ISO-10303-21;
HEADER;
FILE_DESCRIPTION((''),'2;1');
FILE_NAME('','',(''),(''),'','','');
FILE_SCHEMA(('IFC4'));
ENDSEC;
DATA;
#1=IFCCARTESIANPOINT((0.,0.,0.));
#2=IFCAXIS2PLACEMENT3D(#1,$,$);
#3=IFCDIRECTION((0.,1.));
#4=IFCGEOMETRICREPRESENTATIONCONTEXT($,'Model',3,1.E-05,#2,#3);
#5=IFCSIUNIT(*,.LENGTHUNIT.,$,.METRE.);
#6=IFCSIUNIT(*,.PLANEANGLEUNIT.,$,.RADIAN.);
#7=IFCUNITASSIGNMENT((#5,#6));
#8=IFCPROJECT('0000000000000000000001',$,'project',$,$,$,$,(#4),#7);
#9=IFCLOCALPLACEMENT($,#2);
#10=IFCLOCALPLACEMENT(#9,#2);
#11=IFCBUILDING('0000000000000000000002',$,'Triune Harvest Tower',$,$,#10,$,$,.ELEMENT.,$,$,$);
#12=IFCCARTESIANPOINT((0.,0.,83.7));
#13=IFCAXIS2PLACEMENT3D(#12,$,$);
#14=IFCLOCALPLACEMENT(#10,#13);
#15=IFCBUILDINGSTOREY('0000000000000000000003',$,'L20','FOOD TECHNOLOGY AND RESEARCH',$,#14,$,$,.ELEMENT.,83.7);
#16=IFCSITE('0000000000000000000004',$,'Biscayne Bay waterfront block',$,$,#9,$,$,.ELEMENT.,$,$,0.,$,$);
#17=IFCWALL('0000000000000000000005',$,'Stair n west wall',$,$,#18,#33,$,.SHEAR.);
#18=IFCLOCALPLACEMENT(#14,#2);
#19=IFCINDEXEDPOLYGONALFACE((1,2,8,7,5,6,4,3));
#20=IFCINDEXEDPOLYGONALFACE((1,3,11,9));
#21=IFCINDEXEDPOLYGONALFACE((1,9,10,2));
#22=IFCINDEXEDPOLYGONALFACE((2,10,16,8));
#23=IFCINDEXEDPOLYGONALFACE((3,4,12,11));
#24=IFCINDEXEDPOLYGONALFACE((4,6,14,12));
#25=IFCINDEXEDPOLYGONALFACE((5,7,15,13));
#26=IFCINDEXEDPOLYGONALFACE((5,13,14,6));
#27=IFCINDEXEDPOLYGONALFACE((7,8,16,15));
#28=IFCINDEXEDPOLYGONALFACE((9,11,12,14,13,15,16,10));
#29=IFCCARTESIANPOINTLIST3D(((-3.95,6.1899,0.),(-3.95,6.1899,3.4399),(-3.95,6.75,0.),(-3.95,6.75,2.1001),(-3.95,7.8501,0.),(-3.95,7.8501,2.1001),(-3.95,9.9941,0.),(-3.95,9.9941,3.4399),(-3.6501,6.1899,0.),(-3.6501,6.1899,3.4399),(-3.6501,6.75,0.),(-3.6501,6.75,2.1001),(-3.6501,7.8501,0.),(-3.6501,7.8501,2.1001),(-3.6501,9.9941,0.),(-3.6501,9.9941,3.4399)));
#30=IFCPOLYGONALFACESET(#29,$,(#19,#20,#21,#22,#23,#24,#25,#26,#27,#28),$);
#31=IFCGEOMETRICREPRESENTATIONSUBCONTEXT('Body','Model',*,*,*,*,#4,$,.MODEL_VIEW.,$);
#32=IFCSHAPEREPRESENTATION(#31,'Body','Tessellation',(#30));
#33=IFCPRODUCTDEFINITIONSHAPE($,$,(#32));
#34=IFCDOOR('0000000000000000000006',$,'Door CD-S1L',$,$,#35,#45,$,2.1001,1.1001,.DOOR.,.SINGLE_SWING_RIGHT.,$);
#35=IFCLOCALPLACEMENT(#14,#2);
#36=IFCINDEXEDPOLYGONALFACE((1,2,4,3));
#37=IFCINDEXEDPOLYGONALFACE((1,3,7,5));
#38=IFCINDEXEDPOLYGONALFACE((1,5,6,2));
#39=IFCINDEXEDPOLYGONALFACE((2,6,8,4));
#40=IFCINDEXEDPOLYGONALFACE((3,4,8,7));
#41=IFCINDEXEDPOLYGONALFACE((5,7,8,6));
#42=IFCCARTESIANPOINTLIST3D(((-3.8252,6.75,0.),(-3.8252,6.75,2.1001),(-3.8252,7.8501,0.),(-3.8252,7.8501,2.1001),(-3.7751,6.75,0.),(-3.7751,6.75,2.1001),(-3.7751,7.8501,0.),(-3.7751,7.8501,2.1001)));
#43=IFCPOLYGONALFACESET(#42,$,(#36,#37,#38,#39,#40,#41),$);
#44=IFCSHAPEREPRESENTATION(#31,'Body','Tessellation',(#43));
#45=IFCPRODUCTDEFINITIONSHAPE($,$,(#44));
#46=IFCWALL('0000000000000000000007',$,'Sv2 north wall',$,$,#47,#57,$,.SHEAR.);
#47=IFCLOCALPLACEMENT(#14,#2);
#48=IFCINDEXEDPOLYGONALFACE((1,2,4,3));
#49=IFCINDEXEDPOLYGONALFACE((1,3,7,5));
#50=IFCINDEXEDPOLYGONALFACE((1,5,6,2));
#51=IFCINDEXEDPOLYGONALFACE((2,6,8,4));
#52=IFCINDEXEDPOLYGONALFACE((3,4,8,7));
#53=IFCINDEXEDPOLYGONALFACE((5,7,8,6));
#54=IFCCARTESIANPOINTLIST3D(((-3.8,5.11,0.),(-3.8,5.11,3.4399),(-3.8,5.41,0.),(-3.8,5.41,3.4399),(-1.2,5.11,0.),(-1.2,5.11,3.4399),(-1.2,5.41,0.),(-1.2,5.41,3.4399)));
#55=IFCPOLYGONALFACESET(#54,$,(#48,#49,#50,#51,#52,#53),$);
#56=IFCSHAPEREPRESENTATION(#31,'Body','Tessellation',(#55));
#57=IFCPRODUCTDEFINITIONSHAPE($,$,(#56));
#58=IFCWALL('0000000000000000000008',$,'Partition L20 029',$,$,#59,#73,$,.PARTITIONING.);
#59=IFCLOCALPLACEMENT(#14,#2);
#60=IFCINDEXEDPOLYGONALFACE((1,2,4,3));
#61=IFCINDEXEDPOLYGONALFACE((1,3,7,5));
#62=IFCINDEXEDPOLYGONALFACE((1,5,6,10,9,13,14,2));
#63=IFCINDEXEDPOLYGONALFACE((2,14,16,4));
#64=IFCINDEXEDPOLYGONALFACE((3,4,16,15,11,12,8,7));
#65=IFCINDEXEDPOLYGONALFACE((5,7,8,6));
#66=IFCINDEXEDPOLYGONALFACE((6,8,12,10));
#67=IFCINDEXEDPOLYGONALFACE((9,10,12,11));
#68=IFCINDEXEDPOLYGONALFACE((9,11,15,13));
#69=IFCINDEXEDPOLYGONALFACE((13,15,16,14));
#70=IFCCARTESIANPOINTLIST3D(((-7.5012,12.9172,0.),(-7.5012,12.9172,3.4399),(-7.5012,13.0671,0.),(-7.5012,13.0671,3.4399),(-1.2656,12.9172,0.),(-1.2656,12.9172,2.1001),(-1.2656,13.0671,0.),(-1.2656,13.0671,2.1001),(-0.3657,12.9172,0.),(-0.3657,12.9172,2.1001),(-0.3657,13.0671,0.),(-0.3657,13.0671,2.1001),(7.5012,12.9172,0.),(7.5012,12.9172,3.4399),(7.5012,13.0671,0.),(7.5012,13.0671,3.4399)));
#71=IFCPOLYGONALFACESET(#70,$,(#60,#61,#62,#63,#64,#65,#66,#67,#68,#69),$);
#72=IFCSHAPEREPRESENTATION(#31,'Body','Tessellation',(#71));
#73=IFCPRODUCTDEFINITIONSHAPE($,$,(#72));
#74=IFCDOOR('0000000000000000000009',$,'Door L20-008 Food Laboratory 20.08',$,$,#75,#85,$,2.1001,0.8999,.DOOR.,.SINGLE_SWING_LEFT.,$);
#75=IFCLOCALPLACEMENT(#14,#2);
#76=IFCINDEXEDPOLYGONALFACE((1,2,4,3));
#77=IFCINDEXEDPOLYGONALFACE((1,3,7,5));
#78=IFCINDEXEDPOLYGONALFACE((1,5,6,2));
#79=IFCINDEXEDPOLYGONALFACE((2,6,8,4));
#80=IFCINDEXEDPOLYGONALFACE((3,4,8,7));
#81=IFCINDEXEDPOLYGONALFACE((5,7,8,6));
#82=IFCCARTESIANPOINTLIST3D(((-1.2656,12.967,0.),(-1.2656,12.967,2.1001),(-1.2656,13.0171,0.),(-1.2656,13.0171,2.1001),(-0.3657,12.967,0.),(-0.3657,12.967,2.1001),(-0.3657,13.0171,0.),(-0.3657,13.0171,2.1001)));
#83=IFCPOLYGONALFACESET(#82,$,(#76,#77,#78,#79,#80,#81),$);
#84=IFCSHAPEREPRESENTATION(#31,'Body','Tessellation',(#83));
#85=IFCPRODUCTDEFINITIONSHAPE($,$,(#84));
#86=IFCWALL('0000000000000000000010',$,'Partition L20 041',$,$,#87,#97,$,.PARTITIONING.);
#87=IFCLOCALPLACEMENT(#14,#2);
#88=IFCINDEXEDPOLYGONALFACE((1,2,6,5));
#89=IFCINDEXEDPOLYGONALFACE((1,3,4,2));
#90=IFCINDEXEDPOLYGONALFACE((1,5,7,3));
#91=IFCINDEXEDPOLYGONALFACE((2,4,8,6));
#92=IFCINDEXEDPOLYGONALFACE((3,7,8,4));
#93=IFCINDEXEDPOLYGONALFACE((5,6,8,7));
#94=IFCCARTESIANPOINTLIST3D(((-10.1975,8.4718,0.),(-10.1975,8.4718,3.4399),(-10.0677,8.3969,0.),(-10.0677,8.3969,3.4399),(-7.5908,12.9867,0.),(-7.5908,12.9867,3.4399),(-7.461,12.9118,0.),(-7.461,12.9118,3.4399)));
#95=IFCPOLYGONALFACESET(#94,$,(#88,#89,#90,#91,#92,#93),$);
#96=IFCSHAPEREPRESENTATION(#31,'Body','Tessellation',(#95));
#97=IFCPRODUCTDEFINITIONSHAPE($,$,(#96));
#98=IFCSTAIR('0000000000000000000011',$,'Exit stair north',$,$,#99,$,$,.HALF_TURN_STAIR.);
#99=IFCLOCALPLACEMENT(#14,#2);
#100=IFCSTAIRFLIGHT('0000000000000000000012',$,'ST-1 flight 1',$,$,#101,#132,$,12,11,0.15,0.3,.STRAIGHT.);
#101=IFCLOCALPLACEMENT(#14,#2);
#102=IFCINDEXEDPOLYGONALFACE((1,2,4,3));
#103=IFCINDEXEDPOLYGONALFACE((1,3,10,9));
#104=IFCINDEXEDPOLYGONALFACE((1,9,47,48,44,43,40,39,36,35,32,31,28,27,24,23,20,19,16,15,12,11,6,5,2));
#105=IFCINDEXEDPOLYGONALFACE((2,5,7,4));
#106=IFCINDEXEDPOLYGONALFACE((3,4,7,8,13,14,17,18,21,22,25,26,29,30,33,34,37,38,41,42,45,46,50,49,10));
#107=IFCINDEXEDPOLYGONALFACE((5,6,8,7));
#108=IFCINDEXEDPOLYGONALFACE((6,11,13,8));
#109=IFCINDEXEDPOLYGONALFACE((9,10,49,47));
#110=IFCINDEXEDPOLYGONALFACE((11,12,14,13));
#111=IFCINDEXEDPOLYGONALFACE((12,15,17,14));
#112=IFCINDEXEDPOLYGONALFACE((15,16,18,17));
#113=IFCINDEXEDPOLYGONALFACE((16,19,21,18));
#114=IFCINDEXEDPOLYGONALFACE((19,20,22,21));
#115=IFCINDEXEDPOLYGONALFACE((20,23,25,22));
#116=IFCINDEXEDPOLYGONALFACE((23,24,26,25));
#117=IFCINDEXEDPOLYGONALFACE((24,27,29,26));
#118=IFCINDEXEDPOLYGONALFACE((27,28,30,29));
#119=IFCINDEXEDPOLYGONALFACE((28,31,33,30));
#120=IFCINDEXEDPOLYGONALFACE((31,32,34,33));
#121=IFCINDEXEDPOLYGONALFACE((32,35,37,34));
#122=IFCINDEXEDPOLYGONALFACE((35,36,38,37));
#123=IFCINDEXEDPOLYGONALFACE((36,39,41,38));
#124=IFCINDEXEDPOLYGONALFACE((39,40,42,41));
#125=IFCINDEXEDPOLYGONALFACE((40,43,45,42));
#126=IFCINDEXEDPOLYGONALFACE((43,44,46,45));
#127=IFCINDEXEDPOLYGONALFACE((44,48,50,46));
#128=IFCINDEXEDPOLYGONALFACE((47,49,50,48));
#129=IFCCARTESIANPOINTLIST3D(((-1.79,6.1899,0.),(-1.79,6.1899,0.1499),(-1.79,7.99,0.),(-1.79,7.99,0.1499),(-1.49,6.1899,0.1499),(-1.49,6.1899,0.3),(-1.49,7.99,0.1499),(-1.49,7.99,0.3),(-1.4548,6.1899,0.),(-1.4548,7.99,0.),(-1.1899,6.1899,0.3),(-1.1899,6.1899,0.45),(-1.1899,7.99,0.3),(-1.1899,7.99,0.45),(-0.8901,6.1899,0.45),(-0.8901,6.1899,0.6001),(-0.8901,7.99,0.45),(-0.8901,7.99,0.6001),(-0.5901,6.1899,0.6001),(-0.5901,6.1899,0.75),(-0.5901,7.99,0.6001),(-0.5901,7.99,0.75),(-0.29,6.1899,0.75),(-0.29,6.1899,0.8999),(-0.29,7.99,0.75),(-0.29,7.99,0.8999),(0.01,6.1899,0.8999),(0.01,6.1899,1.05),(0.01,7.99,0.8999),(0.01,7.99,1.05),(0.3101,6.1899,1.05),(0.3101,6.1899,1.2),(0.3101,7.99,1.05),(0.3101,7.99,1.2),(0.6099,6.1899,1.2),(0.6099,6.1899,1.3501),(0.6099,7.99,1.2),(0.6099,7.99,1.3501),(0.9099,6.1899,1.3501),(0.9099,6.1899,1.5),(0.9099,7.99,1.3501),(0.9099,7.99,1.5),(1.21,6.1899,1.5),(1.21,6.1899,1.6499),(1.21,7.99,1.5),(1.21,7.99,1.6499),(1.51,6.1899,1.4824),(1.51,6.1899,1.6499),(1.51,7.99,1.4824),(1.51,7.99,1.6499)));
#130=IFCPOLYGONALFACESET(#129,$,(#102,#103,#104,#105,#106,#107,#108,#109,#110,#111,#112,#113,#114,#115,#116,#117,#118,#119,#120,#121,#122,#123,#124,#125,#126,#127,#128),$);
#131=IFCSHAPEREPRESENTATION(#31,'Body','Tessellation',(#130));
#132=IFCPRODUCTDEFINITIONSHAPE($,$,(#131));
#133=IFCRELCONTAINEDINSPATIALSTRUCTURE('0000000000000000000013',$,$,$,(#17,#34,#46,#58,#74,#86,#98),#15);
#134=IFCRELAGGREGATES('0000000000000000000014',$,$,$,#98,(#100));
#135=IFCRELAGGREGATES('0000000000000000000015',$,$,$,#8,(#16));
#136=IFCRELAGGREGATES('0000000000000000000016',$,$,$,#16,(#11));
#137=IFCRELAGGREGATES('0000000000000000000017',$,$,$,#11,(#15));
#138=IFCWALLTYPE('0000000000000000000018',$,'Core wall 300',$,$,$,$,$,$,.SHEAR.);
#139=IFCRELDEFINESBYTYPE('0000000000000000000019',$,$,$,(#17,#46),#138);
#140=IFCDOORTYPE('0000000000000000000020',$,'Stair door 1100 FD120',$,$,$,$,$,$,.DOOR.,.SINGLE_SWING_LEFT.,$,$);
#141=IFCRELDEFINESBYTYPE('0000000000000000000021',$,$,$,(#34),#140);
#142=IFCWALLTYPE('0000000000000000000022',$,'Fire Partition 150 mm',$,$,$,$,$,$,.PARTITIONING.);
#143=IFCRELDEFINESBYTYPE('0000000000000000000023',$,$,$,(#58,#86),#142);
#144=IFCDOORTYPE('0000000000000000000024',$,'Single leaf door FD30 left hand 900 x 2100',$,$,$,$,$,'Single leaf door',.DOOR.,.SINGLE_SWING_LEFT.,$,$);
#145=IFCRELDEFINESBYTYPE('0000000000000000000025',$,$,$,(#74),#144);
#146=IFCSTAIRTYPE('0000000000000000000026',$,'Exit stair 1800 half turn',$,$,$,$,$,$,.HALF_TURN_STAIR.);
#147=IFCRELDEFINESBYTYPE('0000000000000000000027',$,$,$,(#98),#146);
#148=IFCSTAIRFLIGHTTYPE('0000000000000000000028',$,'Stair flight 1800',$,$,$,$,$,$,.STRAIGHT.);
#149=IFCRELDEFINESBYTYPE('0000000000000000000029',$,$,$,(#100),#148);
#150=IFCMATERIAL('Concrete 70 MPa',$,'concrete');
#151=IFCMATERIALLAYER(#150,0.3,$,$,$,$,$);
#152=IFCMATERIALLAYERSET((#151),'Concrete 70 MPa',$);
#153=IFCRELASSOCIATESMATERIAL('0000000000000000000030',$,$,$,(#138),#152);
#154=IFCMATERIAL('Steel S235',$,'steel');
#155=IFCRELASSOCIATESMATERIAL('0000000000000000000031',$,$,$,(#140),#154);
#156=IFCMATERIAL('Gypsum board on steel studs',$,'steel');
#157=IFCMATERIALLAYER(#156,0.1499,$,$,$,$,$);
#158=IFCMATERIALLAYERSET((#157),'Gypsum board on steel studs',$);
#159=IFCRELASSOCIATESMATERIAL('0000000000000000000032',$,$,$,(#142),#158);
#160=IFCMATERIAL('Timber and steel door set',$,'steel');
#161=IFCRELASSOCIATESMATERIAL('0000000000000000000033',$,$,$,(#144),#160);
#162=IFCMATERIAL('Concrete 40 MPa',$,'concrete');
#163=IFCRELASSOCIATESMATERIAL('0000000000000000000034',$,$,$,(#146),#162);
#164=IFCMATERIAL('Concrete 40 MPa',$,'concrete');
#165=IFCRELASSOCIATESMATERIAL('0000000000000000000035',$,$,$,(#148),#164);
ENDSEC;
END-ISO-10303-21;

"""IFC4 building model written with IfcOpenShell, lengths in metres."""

from ifc_helpers import new_model, si_unit, direction, frame, frame_2d, origin, place, context, subcontext, project, spatial, polyline, rectangle, outline, extrude, source, transform, mapped, material, layer, layer_set, type_object, element, fill, aggregate, save


model = new_model("IFC4")

# Units and contexts
model_context = context("Model", 3, precision=1e-05, world=origin(), true_north=direction((0.0, 1.0)))
body_context = subcontext(model_context, "Body", "Model", "MODEL_VIEW")
ifc_project = project(units=[si_unit("LENGTHUNIT", "METRE"), si_unit("PLANEANGLEUNIT", "RADIAN")], contexts=[model_context])

# Site, building, storey
site_placement = place(None, origin())
site = spatial("IfcSite", under=ifc_project, at=site_placement, Name="Biscayne Bay waterfront block", CompositionType="ELEMENT", RefElevation=0.0)
building_placement = place(site_placement, origin())
building = spatial("IfcBuilding", under=site, at=building_placement, Name="Triune Harvest Tower", CompositionType="ELEMENT")
storey_placement = place(building_placement, frame((0.0, 0.0, 83.7)))
storey = spatial("IfcBuildingStorey", under=building, at=storey_placement, Name="L20", Description="FOOD TECHNOLOGY AND RESEARCH", CompositionType="ELEMENT", Elevation=83.7)

# Shared definitions
ifc_material_1 = material(Name="Concrete 70 MPa", Category="concrete")
ifc_layer_1 = layer(ifc_material_1, 0.3)
ifc_layer_set_1 = layer_set([ifc_layer_1], Name="Concrete 70 MPa")
wall_type_1 = type_object("IfcWallType", Name="Core wall 300", PredefinedType="SHEAR", material=ifc_layer_set_1)

# Wall, opening, door
shared_shape_1 = source(origin(), body_context, "Body", "SweptSolid", [
    extrude(outline(polyline([(0.0, -0.1499), (0.0, 0.1499), (3.8042, 0.1499), (3.8042, -0.1499), (0.0, -0.1499)])), origin(), (0.0, 0.0, 1.0), 3.4399),
])
wall_1_placement = place(storey_placement, frame((-3.8, 6.1899, 0.0), z_axis=(0.0, 0.0, 1.0), x_axis=(0.0, 1.0, 0.0)))
wall_1 = element("IfcWall", 1, at=wall_1_placement, inside=storey, type_object=wall_type_1, Name="Stair n west wall", PredefinedType="SHEAR", context=body_context, shape_type="MappedRepresentation", body=[
    mapped(shared_shape_1, transform((0.0, 0.0, 0.0), scale=1.0)),
])
opening_1_placement = place(wall_1_placement, frame((0.5601, 0.0, 0.0)))
opening_1 = element("IfcOpeningElement", 2, at=opening_1_placement, cuts=wall_1, PredefinedType="OPENING", context=body_context, shape_type="SweptSolid", body=[
    extrude(rectangle(XDim=1.1001, YDim=2.1001, at=frame_2d((0.55, 1.05))), frame((0.0, 0.1602, 0.0), z_axis=(0.0, -1.0, 0.0), x_axis=(1.0, 0.0, 0.0)), (0.0, 0.0, 1.0), 0.3201),
])
ifc_material_2 = material(Name="Steel S235", Category="steel")
door_type_1 = type_object("IfcDoorType", Name="Stair door 1100 FD120", OperationType="SINGLE_SWING_LEFT", PredefinedType="DOOR", material=ifc_material_2)
door_1_placement = place(opening_1_placement, frame((1.1001, 0.0, 0.0), z_axis=(0.0, 0.0, 1.0), x_axis=(-1.0, 0.0, 0.0)))
door_1 = element("IfcDoor", 3, at=door_1_placement, inside=storey, type_object=door_type_1, Name="Door CD-S1L", OperationType="SINGLE_SWING_RIGHT", OverallHeight=2.1001, OverallWidth=1.1001, PredefinedType="DOOR", context=body_context, shape_type="SweptSolid", body=[
    extrude(rectangle(XDim=1.1001, YDim=2.1001, at=frame_2d((0.55, 1.05))), frame((0.0, 0.0249, 0.0), z_axis=(0.0, -1.0, 0.0), x_axis=(1.0, 0.0, 0.0)), (0.0, 0.0, 1.0), 0.05),
])
fill(opening_1, door_1)

# Wall
shared_shape_2 = source(origin(), body_context, "Body", "SweptSolid", [
    extrude(rectangle(XDim=2.6001, YDim=0.3, at=frame_2d((1.3, 0.0))), origin(), (0.0, 0.0, 1.0), 3.4399),
])
wall_2_placement = place(storey_placement, frame((-3.8, 5.26, 0.0), z_axis=(0.0, 0.0, 1.0), x_axis=(1.0, 0.0, 0.0)))
element("IfcWall", 4, at=wall_2_placement, inside=storey, type_object=wall_type_1, Name="Sv2 north wall", PredefinedType="SHEAR", context=body_context, shape_type="MappedRepresentation", body=[
    mapped(shared_shape_2, transform((0.0, 0.0, 0.0), scale=1.0)),
])

# Wall, opening, door
ifc_material_3 = material(Name="Gypsum board on steel studs", Category="steel")
ifc_layer_2 = layer(ifc_material_3, 0.1499)
ifc_layer_set_2 = layer_set([ifc_layer_2], Name="Gypsum board on steel studs")
wall_type_2 = type_object("IfcWallType", Name="Fire Partition 150 mm", PredefinedType="PARTITIONING", material=ifc_layer_set_2)
shared_shape_3 = source(origin(), body_context, "Body", "SweptSolid", [
    extrude(rectangle(XDim=15.0024, YDim=0.1499, at=frame_2d((7.5012, 0.0))), origin(), (0.0, 0.0, 1.0), 3.4399),
])
wall_3_placement = place(storey_placement, frame((-7.5012, 12.9922, 0.0), z_axis=(0.0, 0.0, 1.0), x_axis=(1.0, 0.0, 0.0)))
wall_3 = element("IfcWall", 5, at=wall_3_placement, inside=storey, type_object=wall_type_2, Name="Partition L20 029", PredefinedType="PARTITIONING", context=body_context, shape_type="MappedRepresentation", body=[
    mapped(shared_shape_3, transform((0.0, 0.0, 0.0), scale=1.0)),
])
opening_2_placement = place(wall_3_placement, frame((6.2356, 0.0, 0.0)))
opening_2 = element("IfcOpeningElement", 6, at=opening_2_placement, cuts=wall_3, PredefinedType="OPENING", context=body_context, shape_type="SweptSolid", body=[
    extrude(rectangle(XDim=0.8999, YDim=2.1001, at=frame_2d((0.45, 1.05))), frame((0.0, 0.085, 0.0), z_axis=(0.0, -1.0, 0.0), x_axis=(1.0, 0.0, 0.0)), (0.0, 0.0, 1.0), 0.1699),
])
ifc_material_4 = material(Name="Timber and steel door set", Category="steel")
door_type_2 = type_object("IfcDoorType", Name="Single leaf door FD30 left hand 900 x 2100", ElementType="Single leaf door", OperationType="SINGLE_SWING_LEFT", PredefinedType="DOOR", material=ifc_material_4)
door_2_placement = place(opening_2_placement, origin())
door_2 = element("IfcDoor", 7, at=door_2_placement, inside=storey, type_object=door_type_2, Name="Door L20-008 Food Laboratory 20.08", OperationType="SINGLE_SWING_LEFT", OverallHeight=2.1001, OverallWidth=0.8999, PredefinedType="DOOR", context=body_context, shape_type="SweptSolid", body=[
    extrude(rectangle(XDim=0.8999, YDim=2.1001, at=frame_2d((0.45, 1.05))), frame((0.0, 0.0249, 0.0), z_axis=(0.0, -1.0, 0.0), x_axis=(1.0, 0.0, 0.0)), (0.0, 0.0, 1.0), 0.05),
])
fill(opening_2, door_2)

# Wall
shared_shape_4 = source(origin(), body_context, "Body", "SweptSolid", [
    extrude(rectangle(XDim=5.2134, YDim=0.1499, at=frame_2d((2.6067, 0.0))), origin(), (0.0, 0.0, 1.0), 3.4399),
])
wall_4_placement = place(storey_placement, frame((-10.1326, 8.4343, 0.0), z_axis=(0.0, 0.0, 1.0), x_axis=(0.500002, 0.866024, 0.0)))
element("IfcWall", 8, at=wall_4_placement, inside=storey, type_object=wall_type_2, Name="Partition L20 041", PredefinedType="PARTITIONING", context=body_context, shape_type="MappedRepresentation", body=[
    mapped(shared_shape_4, transform((0.0, 0.0, 0.0), scale=1.0)),
])

# Stair, stair flight
ifc_material_5 = material(Name="Concrete 40 MPa", Category="concrete")
stair_type = type_object("IfcStairType", Name="Exit stair 1800 half turn", PredefinedType="HALF_TURN_STAIR", material=ifc_material_5)
stair_placement = place(storey_placement, origin())
stair = element("IfcStair", 9, at=stair_placement, inside=storey, type_object=stair_type, Name="Exit stair north", PredefinedType="HALF_TURN_STAIR")
ifc_material_6 = material(Name="Concrete 40 MPa", Category="concrete")
stair_flight_type = type_object("IfcStairFlightType", Name="Stair flight 1800", PredefinedType="STRAIGHT", material=ifc_material_6)
shared_shape_5 = source(origin(), body_context, "Body", "SweptSolid", [
    extrude(outline(polyline([(0.0, 0.0), (0.0, 0.1499), (0.3, 0.1499), (0.3, 0.3), (0.6001, 0.3), (0.6001, 0.45), (0.8999, 0.45), (0.8999, 0.6001), (1.2, 0.6001), (1.2, 0.75), (1.5, 0.75), (1.5, 0.8999), (1.8, 0.8999), (1.8, 1.05), (2.1001, 1.05), (2.1001, 1.2), (2.3999, 1.2), (2.3999, 1.3501), (2.7, 1.3501), (2.7, 1.5), (3.0, 1.5), (3.0, 1.6499), (3.3, 1.6499), (3.3, 1.8), (3.3, 1.4824), (0.3352, 0.0), (0.0, 0.0)])), frame((0.0, 0.8999, 0.0), z_axis=(0.0, -1.0, 0.0), x_axis=(1.0, 0.0, 0.0)), (0.0, 0.0, 1.0), 1.8),
])
stair_flight_placement = place(storey_placement, frame((-1.79, 7.0901, 0.0), z_axis=(0.0, 0.0, 1.0), x_axis=(1.0, 0.0, 0.0)))
stair_flight = element("IfcStairFlight", 10, at=stair_flight_placement, type_object=stair_flight_type, Name="ST-1 flight 1", NumberOfRisers=12, NumberOfTreads=11, PredefinedType="STRAIGHT", RiserHeight=0.15, TreadLength=0.3, context=body_context, shape_type="MappedRepresentation", body=[
    mapped(shared_shape_5, transform((0.0, 0.0, 0.0), scale=1.0)),
])
aggregate(stair, [stair_flight])

save(model, "model.ifc")
